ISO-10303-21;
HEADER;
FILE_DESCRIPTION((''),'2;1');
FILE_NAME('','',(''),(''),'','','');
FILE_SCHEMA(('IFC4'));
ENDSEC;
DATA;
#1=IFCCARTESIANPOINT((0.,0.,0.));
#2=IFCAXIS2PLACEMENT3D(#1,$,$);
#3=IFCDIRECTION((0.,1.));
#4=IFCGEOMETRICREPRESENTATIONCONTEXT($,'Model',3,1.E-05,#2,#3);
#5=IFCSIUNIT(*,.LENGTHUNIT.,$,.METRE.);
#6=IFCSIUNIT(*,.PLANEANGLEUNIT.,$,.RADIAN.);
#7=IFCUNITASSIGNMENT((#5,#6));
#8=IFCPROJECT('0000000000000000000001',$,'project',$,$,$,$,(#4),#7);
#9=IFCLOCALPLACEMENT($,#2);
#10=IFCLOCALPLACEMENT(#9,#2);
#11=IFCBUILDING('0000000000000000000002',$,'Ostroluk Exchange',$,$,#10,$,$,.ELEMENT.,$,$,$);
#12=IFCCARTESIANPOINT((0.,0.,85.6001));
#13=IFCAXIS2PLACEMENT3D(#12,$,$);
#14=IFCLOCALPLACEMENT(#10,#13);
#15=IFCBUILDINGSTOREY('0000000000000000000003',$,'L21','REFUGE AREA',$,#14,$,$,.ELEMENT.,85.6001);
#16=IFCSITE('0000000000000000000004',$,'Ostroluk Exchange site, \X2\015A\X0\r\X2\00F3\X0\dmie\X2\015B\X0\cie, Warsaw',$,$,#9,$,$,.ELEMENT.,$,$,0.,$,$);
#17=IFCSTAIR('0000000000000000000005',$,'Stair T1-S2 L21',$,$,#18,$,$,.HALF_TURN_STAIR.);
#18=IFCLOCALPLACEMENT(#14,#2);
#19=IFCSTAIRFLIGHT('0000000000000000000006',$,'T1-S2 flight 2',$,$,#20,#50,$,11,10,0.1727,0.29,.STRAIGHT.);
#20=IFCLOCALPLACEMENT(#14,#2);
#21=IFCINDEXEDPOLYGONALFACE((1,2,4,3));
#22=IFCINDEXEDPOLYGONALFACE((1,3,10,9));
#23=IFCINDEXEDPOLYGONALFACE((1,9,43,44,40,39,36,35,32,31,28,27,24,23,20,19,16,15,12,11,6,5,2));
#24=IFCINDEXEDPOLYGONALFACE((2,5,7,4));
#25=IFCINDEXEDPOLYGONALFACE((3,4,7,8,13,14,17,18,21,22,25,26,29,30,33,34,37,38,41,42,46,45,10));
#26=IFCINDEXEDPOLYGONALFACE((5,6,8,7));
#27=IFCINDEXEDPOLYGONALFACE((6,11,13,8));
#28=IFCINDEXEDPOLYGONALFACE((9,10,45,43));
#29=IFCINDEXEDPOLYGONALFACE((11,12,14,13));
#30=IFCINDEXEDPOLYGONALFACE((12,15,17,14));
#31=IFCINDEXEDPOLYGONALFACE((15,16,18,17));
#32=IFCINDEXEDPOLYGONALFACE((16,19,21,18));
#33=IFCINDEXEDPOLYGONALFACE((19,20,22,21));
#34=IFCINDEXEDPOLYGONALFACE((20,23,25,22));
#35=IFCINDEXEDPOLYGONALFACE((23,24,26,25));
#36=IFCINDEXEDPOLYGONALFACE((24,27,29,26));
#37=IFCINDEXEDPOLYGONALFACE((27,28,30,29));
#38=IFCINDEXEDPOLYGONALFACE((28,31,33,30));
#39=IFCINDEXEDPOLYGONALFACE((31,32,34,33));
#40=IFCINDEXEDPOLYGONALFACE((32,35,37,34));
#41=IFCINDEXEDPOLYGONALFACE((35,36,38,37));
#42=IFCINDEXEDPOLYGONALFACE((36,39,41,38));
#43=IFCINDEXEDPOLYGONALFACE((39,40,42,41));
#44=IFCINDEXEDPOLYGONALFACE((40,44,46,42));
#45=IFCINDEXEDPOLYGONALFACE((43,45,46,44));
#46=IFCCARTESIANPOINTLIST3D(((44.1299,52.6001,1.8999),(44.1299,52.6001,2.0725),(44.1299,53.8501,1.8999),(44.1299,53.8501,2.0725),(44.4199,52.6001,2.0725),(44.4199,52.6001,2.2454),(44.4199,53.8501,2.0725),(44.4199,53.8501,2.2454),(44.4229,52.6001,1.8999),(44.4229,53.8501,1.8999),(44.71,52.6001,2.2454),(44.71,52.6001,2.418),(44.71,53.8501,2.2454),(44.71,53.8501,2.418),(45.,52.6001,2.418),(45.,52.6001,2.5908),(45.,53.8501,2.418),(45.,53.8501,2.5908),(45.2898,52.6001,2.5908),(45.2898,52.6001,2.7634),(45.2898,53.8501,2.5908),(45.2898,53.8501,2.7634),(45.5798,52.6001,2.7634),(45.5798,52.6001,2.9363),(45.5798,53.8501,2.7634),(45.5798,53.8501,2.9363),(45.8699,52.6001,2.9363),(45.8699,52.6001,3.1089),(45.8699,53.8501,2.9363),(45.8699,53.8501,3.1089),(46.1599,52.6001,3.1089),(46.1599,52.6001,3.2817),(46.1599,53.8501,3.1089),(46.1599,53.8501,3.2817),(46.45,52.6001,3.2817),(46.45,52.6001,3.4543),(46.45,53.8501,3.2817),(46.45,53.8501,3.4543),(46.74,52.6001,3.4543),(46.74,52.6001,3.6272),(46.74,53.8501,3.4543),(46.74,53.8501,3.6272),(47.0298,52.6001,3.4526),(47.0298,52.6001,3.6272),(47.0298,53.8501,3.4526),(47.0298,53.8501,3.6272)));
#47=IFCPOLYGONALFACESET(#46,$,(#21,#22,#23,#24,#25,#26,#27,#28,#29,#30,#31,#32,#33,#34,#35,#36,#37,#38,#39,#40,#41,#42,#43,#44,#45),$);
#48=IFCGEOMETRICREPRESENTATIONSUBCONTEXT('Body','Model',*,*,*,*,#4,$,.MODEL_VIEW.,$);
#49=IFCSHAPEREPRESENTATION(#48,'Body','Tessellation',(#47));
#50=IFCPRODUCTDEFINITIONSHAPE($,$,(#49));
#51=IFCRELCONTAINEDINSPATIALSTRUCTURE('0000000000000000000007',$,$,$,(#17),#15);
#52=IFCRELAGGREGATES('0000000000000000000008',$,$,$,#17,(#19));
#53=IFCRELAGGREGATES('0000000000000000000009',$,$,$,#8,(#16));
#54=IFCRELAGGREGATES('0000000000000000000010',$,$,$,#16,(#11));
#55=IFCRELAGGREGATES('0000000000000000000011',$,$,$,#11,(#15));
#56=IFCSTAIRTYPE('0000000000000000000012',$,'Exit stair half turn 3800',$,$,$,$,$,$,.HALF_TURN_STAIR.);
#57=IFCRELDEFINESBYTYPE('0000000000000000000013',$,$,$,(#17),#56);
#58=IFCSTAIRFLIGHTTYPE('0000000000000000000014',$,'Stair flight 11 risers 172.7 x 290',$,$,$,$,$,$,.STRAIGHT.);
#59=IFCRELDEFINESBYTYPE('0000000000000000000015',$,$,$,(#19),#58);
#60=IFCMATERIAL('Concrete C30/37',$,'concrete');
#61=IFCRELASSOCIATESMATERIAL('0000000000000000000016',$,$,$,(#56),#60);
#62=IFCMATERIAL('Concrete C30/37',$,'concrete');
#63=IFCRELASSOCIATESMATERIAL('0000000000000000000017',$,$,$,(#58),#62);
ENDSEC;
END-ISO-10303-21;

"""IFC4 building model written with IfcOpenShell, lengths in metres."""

from ifc_helpers import new_model, si_unit, direction, frame, origin, place, context, subcontext, project, spatial, polyline, outline, extrude, material, type_object, element, aggregate, save


model = new_model("IFC4")

# Units and contexts
model_context = context("Model", 3, precision=1e-05, world=origin(), true_north=direction((0.0, 1.0)))
body_context = subcontext(model_context, "Body", "Model", "MODEL_VIEW")
ifc_project = project(units=[si_unit("LENGTHUNIT", "METRE"), si_unit("PLANEANGLEUNIT", "RADIAN")], contexts=[model_context])

# Site, building, storey
site_placement = place(None, origin())
site = spatial("IfcSite", under=ifc_project, at=site_placement, Name="Ostroluk Exchange site, Śródmieście, Warsaw", CompositionType="ELEMENT", RefElevation=0.0)
building_placement = place(site_placement, origin())
building = spatial("IfcBuilding", under=site, at=building_placement, Name="Ostroluk Exchange", CompositionType="ELEMENT")
storey_placement = place(building_placement, frame((0.0, 0.0, 85.6001)))
storey = spatial("IfcBuildingStorey", under=building, at=storey_placement, Name="L21", Description="REFUGE AREA", CompositionType="ELEMENT", Elevation=85.6001)

# Stair, stair flight
ifc_material_1 = material(Name="Concrete C30/37", Category="concrete")
stair_type = type_object("IfcStairType", Name="Exit stair half turn 3800", PredefinedType="HALF_TURN_STAIR", material=ifc_material_1)
stair_placement = place(storey_placement, origin())
stair = element("IfcStair", 1, at=stair_placement, inside=storey, type_object=stair_type, Name="Stair T1-S2 L21", PredefinedType="HALF_TURN_STAIR")
ifc_material_2 = material(Name="Concrete C30/37", Category="concrete")
stair_flight_type = type_object("IfcStairFlightType", Name="Stair flight 11 risers 172.7 x 290", PredefinedType="STRAIGHT", material=ifc_material_2)
stair_flight_placement = place(storey_placement, frame((44.1299, 53.2251, 1.8999), z_axis=(0.0, 0.0, 1.0), x_axis=(1.0, 0.0, 0.0)))
stair_flight = element("IfcStairFlight", 2, at=stair_flight_placement, type_object=stair_flight_type, Name="T1-S2 flight 2", NumberOfRisers=11, NumberOfTreads=10, PredefinedType="STRAIGHT", RiserHeight=0.1727, TreadLength=0.29, context=body_context, shape_type="SweptSolid", body=[
    extrude(outline(polyline([(0.0, 0.0), (0.0, 0.1726), (0.29, 0.1726), (0.29, 0.3455), (0.5801, 0.3455), (0.5801, 0.5181), (0.8701, 0.5181), (0.8701, 0.6909), (1.1599, 0.6909), (1.1599, 0.8635), (1.45, 0.8635), (1.45, 1.0364), (1.74, 1.0364), (1.74, 1.209), (2.03, 1.209), (2.03, 1.3818), (2.3201, 1.3818), (2.3201, 1.5544), (2.6101, 1.5544), (2.6101, 1.7273), (2.8999, 1.7273), (2.8999, 1.8999), (2.8999, 1.5527), (0.293, 0.0), (0.0, 0.0)])), frame((0.0, 0.625, 0.0), z_axis=(0.0, -1.0, 0.0), x_axis=(1.0, 0.0, 0.0)), (0.0, 0.0, 1.0), 1.25),
])
aggregate(stair, [stair_flight])

save(model, "model.ifc")
